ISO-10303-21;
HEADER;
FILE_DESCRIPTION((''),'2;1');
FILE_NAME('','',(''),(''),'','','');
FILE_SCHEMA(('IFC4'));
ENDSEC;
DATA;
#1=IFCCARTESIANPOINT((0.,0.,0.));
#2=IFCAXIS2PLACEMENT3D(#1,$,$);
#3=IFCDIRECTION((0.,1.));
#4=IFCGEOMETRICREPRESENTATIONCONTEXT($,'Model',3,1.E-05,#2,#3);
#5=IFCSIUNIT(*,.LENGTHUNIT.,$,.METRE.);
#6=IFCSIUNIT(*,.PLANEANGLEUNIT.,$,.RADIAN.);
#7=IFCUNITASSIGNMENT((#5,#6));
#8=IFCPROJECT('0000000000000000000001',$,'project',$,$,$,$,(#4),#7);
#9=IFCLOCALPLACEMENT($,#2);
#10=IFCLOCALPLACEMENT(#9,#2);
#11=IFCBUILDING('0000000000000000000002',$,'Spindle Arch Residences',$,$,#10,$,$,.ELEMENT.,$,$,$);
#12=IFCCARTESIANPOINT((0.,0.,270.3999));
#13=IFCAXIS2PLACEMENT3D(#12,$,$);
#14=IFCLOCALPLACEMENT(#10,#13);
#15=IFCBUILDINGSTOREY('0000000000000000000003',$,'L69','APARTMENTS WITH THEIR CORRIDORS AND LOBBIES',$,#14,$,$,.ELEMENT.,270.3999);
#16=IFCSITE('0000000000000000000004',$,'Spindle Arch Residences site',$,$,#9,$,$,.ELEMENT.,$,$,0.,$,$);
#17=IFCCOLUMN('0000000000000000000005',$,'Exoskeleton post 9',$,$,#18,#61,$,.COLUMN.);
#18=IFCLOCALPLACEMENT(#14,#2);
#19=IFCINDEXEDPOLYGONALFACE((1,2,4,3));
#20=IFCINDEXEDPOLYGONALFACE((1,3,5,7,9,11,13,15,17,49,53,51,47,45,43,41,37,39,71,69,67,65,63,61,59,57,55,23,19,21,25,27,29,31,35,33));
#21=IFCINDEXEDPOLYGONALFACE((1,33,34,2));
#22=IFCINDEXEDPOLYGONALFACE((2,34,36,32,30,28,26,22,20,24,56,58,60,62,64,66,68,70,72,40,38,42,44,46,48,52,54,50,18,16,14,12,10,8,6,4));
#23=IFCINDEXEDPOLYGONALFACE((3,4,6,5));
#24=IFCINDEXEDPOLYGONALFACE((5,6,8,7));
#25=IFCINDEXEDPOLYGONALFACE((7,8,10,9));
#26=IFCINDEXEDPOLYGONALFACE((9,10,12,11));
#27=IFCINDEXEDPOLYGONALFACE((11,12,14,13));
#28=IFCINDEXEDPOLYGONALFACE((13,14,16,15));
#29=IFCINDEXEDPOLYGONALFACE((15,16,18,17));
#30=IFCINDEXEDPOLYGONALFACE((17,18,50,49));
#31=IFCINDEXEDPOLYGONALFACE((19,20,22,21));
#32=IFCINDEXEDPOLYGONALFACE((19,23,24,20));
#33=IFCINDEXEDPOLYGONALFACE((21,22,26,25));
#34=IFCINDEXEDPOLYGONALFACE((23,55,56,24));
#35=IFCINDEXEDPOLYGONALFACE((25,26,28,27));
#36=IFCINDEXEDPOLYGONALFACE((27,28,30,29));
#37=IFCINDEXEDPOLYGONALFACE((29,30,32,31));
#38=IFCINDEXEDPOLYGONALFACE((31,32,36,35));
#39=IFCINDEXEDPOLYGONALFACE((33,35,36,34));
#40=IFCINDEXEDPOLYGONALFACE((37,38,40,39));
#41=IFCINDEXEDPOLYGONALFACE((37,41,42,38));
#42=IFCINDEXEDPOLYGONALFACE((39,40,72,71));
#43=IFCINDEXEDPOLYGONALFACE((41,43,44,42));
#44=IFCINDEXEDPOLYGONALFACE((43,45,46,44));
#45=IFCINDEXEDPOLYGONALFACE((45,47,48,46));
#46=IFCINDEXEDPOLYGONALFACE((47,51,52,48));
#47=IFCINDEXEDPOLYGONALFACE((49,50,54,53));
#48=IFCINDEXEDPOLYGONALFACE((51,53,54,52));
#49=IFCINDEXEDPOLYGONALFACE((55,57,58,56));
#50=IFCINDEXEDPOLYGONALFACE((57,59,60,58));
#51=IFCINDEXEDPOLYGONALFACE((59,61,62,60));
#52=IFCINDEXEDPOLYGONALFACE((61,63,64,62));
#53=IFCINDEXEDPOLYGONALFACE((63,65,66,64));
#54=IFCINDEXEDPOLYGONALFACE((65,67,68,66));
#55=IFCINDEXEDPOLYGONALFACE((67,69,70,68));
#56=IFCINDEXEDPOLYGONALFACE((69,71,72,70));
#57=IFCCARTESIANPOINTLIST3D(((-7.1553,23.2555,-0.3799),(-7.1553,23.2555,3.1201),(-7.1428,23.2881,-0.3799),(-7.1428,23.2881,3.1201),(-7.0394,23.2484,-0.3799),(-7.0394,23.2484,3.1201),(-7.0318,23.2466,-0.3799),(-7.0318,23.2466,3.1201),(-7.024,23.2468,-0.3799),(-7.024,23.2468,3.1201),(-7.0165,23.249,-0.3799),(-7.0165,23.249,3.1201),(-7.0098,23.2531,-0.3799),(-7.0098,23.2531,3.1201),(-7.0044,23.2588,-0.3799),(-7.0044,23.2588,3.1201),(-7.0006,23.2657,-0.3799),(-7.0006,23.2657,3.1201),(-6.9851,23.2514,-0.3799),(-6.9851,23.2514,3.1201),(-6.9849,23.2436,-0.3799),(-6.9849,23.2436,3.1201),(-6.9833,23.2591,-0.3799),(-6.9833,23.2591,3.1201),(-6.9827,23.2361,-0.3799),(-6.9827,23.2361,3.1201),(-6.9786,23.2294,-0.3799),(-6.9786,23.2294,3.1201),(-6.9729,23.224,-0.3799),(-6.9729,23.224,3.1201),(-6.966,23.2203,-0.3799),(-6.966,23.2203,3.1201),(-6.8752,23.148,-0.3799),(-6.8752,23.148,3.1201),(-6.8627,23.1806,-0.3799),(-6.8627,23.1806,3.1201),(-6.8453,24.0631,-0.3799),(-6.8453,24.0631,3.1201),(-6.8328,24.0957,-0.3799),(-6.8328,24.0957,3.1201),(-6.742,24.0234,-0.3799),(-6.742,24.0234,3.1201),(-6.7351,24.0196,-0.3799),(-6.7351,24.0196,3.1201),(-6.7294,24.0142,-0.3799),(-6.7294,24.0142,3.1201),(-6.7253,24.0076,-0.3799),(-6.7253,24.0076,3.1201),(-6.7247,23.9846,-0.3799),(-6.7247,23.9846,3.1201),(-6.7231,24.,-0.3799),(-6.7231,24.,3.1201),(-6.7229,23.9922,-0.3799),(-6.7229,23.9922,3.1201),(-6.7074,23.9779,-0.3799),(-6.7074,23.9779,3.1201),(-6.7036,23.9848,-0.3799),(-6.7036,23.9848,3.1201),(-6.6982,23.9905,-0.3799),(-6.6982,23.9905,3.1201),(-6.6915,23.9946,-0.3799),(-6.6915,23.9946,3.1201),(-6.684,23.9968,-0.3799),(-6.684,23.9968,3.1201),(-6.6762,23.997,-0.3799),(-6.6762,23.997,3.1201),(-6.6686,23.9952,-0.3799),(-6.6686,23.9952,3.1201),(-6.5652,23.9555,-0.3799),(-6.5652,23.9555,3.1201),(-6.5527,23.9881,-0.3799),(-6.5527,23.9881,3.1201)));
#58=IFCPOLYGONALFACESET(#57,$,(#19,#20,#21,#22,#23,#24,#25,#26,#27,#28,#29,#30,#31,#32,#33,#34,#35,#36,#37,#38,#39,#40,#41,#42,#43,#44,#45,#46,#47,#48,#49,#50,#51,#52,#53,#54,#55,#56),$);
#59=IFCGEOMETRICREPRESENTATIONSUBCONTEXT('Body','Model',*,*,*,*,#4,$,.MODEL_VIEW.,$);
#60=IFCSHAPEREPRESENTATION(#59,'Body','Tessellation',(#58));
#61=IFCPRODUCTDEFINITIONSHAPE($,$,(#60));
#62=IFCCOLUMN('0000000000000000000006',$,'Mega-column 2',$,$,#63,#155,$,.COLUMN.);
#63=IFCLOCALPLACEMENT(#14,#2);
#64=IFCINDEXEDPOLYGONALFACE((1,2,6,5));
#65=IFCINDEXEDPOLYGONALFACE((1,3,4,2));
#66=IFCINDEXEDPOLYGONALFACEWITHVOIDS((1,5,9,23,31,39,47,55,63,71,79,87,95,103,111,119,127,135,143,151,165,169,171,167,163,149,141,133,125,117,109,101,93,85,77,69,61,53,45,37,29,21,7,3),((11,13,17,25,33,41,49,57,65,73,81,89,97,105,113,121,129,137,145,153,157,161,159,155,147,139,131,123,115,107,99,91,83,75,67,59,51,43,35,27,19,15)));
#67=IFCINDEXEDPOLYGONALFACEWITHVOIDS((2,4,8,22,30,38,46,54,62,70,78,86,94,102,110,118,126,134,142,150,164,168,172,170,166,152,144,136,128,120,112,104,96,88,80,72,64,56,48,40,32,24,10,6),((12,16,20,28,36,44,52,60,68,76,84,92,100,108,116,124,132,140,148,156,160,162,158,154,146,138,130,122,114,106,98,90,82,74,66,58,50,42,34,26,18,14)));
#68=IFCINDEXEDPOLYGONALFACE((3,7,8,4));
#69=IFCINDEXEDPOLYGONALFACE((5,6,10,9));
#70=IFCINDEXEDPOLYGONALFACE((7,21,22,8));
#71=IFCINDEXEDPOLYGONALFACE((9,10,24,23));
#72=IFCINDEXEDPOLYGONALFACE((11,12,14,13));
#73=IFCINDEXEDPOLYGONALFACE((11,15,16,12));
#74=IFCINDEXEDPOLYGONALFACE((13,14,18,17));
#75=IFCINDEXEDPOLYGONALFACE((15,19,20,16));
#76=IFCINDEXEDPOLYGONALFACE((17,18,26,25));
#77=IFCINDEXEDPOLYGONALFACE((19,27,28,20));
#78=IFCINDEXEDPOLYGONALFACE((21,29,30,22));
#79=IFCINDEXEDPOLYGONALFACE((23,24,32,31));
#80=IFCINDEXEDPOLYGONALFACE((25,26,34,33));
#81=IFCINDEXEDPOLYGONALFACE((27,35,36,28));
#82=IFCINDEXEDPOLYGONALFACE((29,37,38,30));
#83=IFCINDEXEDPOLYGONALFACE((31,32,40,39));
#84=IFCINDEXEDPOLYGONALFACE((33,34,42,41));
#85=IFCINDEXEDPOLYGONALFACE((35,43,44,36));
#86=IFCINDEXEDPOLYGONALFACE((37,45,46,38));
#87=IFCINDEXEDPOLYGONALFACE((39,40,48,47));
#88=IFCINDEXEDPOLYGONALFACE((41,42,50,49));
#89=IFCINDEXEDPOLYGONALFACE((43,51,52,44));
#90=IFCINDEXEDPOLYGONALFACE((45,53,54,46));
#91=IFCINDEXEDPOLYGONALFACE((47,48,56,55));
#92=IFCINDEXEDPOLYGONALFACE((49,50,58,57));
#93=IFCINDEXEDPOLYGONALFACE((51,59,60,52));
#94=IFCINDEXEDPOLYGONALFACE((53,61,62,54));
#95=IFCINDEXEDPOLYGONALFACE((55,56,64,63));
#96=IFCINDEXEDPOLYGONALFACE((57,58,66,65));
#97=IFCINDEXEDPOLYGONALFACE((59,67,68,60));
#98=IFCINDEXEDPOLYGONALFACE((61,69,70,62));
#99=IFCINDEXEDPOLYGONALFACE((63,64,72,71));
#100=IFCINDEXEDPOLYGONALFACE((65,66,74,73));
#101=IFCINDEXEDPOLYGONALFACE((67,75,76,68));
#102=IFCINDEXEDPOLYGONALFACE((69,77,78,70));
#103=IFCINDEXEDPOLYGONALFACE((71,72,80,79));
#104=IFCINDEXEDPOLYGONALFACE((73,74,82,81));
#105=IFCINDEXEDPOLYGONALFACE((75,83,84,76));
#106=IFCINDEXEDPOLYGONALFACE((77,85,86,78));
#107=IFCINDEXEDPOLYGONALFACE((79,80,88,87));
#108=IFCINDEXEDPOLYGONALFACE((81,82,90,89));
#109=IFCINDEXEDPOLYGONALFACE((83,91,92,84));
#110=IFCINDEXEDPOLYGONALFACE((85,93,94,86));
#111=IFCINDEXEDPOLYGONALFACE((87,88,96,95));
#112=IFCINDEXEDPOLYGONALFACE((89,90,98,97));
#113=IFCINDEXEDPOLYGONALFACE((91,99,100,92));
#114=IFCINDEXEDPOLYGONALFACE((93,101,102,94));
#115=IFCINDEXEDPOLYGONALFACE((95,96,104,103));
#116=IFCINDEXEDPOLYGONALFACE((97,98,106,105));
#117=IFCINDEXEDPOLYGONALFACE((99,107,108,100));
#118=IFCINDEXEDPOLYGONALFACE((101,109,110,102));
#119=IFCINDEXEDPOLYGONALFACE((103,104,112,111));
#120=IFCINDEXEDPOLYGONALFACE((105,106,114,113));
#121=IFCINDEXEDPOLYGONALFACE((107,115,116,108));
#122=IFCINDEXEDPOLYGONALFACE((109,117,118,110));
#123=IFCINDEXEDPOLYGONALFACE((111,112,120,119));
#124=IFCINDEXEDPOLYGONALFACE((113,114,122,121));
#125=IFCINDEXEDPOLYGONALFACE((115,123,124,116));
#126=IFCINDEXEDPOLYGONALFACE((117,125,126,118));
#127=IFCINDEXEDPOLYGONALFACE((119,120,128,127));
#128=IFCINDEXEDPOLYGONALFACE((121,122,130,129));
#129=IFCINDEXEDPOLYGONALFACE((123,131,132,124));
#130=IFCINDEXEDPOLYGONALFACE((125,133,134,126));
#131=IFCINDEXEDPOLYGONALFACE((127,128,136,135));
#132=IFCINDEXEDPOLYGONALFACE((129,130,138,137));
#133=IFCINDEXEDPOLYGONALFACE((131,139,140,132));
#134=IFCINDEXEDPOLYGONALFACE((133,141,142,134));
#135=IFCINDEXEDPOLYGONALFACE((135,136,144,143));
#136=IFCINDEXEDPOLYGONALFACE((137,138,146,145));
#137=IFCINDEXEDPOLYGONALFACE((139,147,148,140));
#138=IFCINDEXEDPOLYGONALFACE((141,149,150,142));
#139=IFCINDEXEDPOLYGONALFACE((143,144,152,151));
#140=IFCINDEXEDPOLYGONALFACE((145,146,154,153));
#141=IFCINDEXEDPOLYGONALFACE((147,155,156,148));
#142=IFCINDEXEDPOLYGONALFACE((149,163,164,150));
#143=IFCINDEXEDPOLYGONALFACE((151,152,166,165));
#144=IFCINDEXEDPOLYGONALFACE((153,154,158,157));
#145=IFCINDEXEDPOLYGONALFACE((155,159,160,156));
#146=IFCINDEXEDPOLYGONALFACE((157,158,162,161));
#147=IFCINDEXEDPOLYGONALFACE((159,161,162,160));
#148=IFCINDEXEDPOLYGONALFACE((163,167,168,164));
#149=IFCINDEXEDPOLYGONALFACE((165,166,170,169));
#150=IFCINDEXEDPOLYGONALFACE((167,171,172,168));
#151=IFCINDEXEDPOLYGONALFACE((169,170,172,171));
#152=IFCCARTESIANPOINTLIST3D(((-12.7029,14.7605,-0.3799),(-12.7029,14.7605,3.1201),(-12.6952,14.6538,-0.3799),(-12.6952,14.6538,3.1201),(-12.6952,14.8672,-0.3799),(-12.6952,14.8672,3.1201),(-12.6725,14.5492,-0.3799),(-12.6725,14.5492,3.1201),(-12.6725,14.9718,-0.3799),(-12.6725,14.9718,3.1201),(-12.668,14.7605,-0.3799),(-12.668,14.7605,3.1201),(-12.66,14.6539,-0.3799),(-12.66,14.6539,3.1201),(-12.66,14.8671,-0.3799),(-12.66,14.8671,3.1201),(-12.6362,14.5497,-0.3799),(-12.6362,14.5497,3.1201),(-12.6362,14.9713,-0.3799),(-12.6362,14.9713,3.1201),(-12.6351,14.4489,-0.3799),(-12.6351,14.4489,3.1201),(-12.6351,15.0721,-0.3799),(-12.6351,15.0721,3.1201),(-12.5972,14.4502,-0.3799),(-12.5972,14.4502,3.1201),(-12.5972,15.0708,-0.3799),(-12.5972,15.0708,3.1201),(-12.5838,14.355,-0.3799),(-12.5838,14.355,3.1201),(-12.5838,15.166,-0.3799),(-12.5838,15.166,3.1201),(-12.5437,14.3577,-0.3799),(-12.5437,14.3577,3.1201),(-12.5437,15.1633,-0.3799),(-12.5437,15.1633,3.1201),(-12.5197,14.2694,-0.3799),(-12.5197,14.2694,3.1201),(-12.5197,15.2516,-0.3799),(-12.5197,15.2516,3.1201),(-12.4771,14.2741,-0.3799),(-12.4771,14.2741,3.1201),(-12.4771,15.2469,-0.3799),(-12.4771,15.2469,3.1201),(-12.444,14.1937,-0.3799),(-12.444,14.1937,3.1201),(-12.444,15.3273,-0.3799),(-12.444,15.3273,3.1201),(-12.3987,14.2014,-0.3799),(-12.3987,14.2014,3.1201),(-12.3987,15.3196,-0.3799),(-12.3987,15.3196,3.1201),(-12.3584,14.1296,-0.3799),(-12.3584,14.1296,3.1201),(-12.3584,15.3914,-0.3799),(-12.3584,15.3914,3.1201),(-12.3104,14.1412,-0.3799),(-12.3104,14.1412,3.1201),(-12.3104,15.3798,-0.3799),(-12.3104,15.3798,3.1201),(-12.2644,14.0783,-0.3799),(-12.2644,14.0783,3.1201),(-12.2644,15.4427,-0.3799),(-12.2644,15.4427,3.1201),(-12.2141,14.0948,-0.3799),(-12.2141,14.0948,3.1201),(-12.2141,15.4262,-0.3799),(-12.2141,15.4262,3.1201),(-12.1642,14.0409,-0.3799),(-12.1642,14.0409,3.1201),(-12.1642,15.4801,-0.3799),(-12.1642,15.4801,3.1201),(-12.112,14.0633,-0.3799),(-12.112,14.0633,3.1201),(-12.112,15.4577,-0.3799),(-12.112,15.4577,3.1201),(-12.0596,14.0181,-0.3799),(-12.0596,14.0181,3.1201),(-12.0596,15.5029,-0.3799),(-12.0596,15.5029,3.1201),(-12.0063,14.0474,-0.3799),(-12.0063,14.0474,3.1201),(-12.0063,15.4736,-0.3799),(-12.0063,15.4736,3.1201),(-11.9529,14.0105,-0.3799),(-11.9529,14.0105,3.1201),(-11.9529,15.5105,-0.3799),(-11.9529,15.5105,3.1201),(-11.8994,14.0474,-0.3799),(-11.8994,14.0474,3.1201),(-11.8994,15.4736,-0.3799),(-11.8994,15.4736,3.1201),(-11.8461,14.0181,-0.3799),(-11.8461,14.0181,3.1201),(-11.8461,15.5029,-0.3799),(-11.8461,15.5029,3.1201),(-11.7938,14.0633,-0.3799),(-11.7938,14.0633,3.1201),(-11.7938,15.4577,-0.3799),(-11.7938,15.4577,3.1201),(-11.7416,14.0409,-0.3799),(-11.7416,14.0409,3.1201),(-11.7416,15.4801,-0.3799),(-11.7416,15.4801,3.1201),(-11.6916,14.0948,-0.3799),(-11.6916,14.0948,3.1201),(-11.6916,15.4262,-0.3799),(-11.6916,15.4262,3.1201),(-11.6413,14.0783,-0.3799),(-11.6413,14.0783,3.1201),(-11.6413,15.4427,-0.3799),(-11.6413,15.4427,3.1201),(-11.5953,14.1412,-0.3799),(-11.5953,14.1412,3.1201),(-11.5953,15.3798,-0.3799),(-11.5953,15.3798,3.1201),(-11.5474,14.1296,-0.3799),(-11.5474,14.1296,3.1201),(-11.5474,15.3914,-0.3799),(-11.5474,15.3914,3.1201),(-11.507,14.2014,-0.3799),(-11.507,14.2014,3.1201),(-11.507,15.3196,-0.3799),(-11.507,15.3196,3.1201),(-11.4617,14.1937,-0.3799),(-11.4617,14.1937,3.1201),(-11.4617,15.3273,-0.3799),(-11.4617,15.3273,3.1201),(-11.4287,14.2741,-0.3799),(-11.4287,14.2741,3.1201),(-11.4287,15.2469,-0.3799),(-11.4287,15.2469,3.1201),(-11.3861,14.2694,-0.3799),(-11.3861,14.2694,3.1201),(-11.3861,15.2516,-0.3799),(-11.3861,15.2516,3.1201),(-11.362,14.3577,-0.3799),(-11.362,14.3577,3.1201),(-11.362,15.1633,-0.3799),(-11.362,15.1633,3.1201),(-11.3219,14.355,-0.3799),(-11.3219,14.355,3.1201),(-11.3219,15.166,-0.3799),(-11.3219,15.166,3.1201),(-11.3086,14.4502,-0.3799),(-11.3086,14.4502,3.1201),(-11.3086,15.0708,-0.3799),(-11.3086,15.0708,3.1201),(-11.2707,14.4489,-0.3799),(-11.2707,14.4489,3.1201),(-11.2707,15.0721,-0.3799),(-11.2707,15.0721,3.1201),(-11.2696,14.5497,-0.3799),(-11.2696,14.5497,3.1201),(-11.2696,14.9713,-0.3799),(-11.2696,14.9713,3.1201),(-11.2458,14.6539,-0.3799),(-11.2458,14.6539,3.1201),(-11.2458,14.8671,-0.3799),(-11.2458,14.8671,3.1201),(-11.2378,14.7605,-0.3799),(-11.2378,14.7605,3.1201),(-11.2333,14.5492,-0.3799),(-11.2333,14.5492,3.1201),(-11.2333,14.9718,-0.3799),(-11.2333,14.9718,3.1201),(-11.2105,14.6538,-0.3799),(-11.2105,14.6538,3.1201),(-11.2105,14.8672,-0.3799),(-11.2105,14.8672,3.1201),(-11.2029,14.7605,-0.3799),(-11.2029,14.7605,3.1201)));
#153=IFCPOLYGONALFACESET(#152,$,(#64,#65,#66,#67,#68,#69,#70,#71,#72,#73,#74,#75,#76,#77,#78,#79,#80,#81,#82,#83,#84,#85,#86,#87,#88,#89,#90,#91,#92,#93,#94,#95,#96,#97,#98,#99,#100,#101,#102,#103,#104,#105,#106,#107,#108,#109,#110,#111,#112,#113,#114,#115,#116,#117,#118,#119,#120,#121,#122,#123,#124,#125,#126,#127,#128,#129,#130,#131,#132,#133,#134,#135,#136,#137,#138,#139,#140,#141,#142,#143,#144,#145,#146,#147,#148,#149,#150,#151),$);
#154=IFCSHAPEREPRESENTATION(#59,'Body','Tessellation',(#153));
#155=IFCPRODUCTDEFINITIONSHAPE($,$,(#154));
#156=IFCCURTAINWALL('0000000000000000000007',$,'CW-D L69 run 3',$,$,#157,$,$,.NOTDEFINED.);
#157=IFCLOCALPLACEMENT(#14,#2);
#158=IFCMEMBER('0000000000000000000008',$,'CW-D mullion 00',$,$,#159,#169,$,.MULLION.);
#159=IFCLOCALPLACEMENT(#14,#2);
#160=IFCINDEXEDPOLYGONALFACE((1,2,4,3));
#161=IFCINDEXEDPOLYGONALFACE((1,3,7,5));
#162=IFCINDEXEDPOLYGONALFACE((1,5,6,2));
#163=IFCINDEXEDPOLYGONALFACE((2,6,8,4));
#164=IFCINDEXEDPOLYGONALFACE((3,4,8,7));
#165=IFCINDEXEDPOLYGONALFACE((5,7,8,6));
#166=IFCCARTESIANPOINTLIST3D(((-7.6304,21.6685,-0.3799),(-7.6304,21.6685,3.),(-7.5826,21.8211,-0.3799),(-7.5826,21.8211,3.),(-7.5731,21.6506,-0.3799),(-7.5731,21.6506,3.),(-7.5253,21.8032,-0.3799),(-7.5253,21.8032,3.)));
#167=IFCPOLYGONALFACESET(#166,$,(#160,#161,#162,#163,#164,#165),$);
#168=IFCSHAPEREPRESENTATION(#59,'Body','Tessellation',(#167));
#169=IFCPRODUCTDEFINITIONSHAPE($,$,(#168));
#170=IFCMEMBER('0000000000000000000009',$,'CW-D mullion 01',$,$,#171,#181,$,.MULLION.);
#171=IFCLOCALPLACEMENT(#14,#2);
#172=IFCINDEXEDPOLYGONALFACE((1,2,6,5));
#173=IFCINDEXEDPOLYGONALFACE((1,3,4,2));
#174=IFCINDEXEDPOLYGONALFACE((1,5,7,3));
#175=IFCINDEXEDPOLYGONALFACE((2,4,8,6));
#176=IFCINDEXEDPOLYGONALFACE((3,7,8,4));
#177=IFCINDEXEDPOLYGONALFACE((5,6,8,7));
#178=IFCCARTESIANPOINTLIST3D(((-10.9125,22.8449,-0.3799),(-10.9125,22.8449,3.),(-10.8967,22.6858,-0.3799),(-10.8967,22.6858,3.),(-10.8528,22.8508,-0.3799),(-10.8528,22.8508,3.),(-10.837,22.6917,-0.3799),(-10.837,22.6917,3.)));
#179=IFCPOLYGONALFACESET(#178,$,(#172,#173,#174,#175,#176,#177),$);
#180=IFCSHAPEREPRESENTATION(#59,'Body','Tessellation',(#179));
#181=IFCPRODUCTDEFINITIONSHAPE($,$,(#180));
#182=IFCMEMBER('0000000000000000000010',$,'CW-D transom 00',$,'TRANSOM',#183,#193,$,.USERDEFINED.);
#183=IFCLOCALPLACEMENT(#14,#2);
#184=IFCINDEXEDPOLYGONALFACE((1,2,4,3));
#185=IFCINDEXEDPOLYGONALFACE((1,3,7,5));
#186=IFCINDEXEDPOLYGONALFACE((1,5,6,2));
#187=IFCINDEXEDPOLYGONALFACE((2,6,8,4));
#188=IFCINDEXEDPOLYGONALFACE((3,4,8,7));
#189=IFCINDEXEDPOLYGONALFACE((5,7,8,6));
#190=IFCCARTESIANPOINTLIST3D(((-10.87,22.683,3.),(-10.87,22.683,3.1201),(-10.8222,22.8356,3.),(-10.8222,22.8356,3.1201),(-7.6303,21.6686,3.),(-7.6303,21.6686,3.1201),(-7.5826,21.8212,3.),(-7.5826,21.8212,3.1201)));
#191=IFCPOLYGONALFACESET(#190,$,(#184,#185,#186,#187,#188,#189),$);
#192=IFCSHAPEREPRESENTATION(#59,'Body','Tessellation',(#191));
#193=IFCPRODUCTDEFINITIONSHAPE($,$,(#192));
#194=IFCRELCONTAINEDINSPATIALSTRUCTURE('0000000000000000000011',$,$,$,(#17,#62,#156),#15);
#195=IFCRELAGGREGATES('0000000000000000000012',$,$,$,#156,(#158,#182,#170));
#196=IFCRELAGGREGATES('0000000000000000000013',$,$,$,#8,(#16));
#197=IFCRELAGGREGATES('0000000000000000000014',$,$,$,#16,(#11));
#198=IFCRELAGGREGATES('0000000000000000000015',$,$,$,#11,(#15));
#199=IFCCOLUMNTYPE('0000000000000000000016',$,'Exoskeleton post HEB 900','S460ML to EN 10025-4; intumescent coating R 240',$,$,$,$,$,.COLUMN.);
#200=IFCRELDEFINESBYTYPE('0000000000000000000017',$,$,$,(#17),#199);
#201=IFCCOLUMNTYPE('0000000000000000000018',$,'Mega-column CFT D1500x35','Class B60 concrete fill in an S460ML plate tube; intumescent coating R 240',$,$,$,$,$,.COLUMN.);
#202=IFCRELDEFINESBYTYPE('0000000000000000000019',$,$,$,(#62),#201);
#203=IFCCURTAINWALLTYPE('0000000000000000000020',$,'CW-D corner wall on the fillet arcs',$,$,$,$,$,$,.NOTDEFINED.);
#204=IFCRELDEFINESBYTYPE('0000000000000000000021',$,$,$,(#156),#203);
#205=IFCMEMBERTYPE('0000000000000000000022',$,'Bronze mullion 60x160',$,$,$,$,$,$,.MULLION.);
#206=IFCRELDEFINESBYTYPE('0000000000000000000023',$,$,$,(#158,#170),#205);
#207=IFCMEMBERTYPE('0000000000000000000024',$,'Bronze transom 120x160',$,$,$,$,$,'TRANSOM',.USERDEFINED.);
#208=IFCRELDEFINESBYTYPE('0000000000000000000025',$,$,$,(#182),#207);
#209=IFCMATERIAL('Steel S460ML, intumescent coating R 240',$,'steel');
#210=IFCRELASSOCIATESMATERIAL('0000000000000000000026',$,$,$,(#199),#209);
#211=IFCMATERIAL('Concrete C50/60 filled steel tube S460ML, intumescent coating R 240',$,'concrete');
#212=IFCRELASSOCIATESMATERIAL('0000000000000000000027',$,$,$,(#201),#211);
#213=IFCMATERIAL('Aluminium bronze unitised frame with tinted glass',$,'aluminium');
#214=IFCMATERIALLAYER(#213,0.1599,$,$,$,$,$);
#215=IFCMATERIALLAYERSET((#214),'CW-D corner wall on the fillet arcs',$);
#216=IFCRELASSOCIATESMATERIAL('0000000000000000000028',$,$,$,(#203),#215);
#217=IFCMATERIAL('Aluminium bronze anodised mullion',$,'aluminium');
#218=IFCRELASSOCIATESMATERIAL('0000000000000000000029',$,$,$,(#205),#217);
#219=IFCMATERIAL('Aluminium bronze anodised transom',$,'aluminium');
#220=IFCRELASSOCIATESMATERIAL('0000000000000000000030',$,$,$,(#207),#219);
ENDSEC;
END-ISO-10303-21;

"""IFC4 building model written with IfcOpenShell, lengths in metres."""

from ifc_helpers import new_model, si_unit, direction, frame, origin, origin_2d, place, context, subcontext, project, spatial, rectangle, hollow_circle, i_section, extrude, material, layer, layer_set, material_profile, profile_set, type_object, element, aggregate, save


model = new_model("IFC4")

# Units and contexts
model_context = context("Model", 3, precision=1e-05, world=origin(), true_north=direction((0.0, 1.0)))
body_context = subcontext(model_context, "Body", "Model", "MODEL_VIEW")
ifc_project = project(units=[si_unit("LENGTHUNIT", "METRE"), si_unit("PLANEANGLEUNIT", "RADIAN")], contexts=[model_context])

# Site, building, storey
site_placement = place(None, origin())
site = spatial("IfcSite", under=ifc_project, at=site_placement, Name="Spindle Arch Residences site", CompositionType="ELEMENT", RefElevation=0.0)
building_placement = place(site_placement, origin())
building = spatial("IfcBuilding", under=site, at=building_placement, Name="Spindle Arch Residences", CompositionType="ELEMENT")
storey_placement = place(building_placement, frame((0.0, 0.0, 270.3999)))
storey = spatial("IfcBuildingStorey", under=building, at=storey_placement, Name="L69", Description="APARTMENTS WITH THEIR CORRIDORS AND LOBBIES", CompositionType="ELEMENT", Elevation=270.3999)

# Columns
ifc_material_1 = material(Name="Steel S460ML, intumescent coating R 240", Category="steel")
ifc_material_profile_1 = material_profile(ifc_material_1, i_section(OverallWidth=0.3, OverallDepth=0.8999, WebThickness=0.0186, FlangeThickness=0.0349, FilletRadius=0.03, at=origin_2d()), Name="HEB 900")
ifc_profile_set_1 = profile_set([ifc_material_profile_1], Name="Steel S460ML, intumescent coating R 240")
column_type_1 = type_object("IfcColumnType", Name="Exoskeleton post HEB 900", Description="S460ML to EN 10025-4; intumescent coating R 240", PredefinedType="COLUMN", material=ifc_profile_set_1)
column_1_placement = place(storey_placement, frame((-6.854, 23.6218, -0.3799), z_axis=(0.0, 0.0, 1.0), x_axis=(0.93358, -0.358368, 0.0)))
element("IfcColumn", 1, at=column_1_placement, inside=storey, type_object=column_type_1, Name="Exoskeleton post 9", PredefinedType="COLUMN", context=body_context, shape_type="SweptSolid", body=[
    extrude(i_section(OverallWidth=0.3, OverallDepth=0.8999, WebThickness=0.0186, FlangeThickness=0.0349, FilletRadius=0.03, at=origin_2d()), origin(), (0.0, 0.0, 1.0), 3.5),
])
ifc_material_2 = material(Name="Concrete C50/60 filled steel tube S460ML, intumescent coating R 240", Category="concrete")
ifc_material_profile_2 = material_profile(ifc_material_2, hollow_circle(Radius=0.75, WallThickness=0.0349, at=origin_2d()), Name="CFT D1500x35")
ifc_profile_set_2 = profile_set([ifc_material_profile_2], Name="Concrete C50/60 filled steel tube S460ML, intumescent coating R 240")
column_type_2 = type_object("IfcColumnType", Name="Mega-column CFT D1500x35", Description="Class B60 concrete fill in an S460ML plate tube; intumescent coating R 240", PredefinedType="COLUMN", material=ifc_profile_set_2)
column_2_placement = place(storey_placement, frame((-11.9529, 14.7605, -0.3799), z_axis=(0.0, 0.0, 1.0), x_axis=(1.0, 0.0, 0.0)))
element("IfcColumn", 2, at=column_2_placement, inside=storey, type_object=column_type_2, Name="Mega-column 2", PredefinedType="COLUMN", context=body_context, shape_type="SweptSolid", body=[
    extrude(hollow_circle(Radius=0.75, WallThickness=0.0349, at=origin_2d()), origin(), (0.0, 0.0, 1.0), 3.5),
])

# Curtain wall, members
ifc_material_3 = material(Name="Aluminium bronze unitised frame with tinted glass", Category="aluminium")
ifc_layer_1 = layer(ifc_material_3, 0.1599)
ifc_layer_set_1 = layer_set([ifc_layer_1], Name="CW-D corner wall on the fillet arcs")
curtain_wall_type_1 = type_object("IfcCurtainWallType", Name="CW-D corner wall on the fillet arcs", PredefinedType="NOTDEFINED", material=ifc_layer_set_1)
curtain_wall_1_placement = place(storey_placement, origin())
curtain_wall_1 = element("IfcCurtainWall", 3, at=curtain_wall_1_placement, inside=storey, type_object=curtain_wall_type_1, Name="CW-D L69 run 3", PredefinedType="NOTDEFINED")
ifc_material_4 = material(Name="Aluminium bronze anodised mullion", Category="aluminium")
ifc_material_profile_3 = material_profile(ifc_material_4, rectangle(XDim=0.1599, YDim=0.0601, at=origin_2d()), Name="MU 60x160")
ifc_profile_set_3 = profile_set([ifc_material_profile_3], Name="Aluminium bronze anodised mullion")
member_type_1 = type_object("IfcMemberType", Name="Bronze mullion 60x160", PredefinedType="MULLION", material=ifc_profile_set_3)
member_1_placement = place(storey_placement, frame((-7.5779, 21.7358, -0.3799), z_axis=(0.0, 0.0, 1.0), x_axis=(-0.298803, -0.954315, 0.0)))
member_1 = element("IfcMember", 4, at=member_1_placement, type_object=member_type_1, Name="CW-D mullion 00", PredefinedType="MULLION", context=body_context, shape_type="SweptSolid", body=[
    extrude(rectangle(XDim=0.1599, YDim=0.0601, at=origin_2d()), origin(), (0.0, 0.0, 1.0), 3.3799),
])
member_2_placement = place(storey_placement, frame((-10.8748, 22.7683, -0.3799), z_axis=(0.0, 0.0, 1.0), x_axis=(0.098741, -0.995113, 0.0)))
member_2 = element("IfcMember", 5, at=member_2_placement, type_object=member_type_1, Name="CW-D mullion 01", PredefinedType="MULLION", context=body_context, shape_type="SweptSolid", body=[
    extrude(rectangle(XDim=0.1599, YDim=0.0601, at=origin_2d()), origin(), (0.0, 0.0, 1.0), 3.3799),
])
ifc_material_5 = material(Name="Aluminium bronze anodised transom", Category="aluminium")
ifc_material_profile_4 = material_profile(ifc_material_5, rectangle(XDim=0.1599, YDim=0.1201, at=origin_2d()), Name="TR 120x160")
ifc_profile_set_4 = profile_set([ifc_material_profile_4], Name="Aluminium bronze anodised transom")
member_type_2 = type_object("IfcMemberType", Name="Bronze transom 120x160", ElementType="TRANSOM", PredefinedType="USERDEFINED", material=ifc_profile_set_4)
member_3_placement = place(storey_placement, frame((-7.6064, 21.7449, 3.0601), z_axis=(-0.954313, 0.298807, 0.0), x_axis=(-0.298807, -0.954313, 0.0)))
member_3 = element("IfcMember", 6, at=member_3_placement, type_object=member_type_2, Name="CW-D transom 00", ObjectType="TRANSOM", PredefinedType="USERDEFINED", context=body_context, shape_type="SweptSolid", body=[
    extrude(rectangle(XDim=0.1599, YDim=0.1201, at=origin_2d()), origin(), (0.0, 0.0, 1.0), 3.3948),
])

aggregate(curtain_wall_1, [member_1, member_3, member_2])

save(model, "model.ifc")
